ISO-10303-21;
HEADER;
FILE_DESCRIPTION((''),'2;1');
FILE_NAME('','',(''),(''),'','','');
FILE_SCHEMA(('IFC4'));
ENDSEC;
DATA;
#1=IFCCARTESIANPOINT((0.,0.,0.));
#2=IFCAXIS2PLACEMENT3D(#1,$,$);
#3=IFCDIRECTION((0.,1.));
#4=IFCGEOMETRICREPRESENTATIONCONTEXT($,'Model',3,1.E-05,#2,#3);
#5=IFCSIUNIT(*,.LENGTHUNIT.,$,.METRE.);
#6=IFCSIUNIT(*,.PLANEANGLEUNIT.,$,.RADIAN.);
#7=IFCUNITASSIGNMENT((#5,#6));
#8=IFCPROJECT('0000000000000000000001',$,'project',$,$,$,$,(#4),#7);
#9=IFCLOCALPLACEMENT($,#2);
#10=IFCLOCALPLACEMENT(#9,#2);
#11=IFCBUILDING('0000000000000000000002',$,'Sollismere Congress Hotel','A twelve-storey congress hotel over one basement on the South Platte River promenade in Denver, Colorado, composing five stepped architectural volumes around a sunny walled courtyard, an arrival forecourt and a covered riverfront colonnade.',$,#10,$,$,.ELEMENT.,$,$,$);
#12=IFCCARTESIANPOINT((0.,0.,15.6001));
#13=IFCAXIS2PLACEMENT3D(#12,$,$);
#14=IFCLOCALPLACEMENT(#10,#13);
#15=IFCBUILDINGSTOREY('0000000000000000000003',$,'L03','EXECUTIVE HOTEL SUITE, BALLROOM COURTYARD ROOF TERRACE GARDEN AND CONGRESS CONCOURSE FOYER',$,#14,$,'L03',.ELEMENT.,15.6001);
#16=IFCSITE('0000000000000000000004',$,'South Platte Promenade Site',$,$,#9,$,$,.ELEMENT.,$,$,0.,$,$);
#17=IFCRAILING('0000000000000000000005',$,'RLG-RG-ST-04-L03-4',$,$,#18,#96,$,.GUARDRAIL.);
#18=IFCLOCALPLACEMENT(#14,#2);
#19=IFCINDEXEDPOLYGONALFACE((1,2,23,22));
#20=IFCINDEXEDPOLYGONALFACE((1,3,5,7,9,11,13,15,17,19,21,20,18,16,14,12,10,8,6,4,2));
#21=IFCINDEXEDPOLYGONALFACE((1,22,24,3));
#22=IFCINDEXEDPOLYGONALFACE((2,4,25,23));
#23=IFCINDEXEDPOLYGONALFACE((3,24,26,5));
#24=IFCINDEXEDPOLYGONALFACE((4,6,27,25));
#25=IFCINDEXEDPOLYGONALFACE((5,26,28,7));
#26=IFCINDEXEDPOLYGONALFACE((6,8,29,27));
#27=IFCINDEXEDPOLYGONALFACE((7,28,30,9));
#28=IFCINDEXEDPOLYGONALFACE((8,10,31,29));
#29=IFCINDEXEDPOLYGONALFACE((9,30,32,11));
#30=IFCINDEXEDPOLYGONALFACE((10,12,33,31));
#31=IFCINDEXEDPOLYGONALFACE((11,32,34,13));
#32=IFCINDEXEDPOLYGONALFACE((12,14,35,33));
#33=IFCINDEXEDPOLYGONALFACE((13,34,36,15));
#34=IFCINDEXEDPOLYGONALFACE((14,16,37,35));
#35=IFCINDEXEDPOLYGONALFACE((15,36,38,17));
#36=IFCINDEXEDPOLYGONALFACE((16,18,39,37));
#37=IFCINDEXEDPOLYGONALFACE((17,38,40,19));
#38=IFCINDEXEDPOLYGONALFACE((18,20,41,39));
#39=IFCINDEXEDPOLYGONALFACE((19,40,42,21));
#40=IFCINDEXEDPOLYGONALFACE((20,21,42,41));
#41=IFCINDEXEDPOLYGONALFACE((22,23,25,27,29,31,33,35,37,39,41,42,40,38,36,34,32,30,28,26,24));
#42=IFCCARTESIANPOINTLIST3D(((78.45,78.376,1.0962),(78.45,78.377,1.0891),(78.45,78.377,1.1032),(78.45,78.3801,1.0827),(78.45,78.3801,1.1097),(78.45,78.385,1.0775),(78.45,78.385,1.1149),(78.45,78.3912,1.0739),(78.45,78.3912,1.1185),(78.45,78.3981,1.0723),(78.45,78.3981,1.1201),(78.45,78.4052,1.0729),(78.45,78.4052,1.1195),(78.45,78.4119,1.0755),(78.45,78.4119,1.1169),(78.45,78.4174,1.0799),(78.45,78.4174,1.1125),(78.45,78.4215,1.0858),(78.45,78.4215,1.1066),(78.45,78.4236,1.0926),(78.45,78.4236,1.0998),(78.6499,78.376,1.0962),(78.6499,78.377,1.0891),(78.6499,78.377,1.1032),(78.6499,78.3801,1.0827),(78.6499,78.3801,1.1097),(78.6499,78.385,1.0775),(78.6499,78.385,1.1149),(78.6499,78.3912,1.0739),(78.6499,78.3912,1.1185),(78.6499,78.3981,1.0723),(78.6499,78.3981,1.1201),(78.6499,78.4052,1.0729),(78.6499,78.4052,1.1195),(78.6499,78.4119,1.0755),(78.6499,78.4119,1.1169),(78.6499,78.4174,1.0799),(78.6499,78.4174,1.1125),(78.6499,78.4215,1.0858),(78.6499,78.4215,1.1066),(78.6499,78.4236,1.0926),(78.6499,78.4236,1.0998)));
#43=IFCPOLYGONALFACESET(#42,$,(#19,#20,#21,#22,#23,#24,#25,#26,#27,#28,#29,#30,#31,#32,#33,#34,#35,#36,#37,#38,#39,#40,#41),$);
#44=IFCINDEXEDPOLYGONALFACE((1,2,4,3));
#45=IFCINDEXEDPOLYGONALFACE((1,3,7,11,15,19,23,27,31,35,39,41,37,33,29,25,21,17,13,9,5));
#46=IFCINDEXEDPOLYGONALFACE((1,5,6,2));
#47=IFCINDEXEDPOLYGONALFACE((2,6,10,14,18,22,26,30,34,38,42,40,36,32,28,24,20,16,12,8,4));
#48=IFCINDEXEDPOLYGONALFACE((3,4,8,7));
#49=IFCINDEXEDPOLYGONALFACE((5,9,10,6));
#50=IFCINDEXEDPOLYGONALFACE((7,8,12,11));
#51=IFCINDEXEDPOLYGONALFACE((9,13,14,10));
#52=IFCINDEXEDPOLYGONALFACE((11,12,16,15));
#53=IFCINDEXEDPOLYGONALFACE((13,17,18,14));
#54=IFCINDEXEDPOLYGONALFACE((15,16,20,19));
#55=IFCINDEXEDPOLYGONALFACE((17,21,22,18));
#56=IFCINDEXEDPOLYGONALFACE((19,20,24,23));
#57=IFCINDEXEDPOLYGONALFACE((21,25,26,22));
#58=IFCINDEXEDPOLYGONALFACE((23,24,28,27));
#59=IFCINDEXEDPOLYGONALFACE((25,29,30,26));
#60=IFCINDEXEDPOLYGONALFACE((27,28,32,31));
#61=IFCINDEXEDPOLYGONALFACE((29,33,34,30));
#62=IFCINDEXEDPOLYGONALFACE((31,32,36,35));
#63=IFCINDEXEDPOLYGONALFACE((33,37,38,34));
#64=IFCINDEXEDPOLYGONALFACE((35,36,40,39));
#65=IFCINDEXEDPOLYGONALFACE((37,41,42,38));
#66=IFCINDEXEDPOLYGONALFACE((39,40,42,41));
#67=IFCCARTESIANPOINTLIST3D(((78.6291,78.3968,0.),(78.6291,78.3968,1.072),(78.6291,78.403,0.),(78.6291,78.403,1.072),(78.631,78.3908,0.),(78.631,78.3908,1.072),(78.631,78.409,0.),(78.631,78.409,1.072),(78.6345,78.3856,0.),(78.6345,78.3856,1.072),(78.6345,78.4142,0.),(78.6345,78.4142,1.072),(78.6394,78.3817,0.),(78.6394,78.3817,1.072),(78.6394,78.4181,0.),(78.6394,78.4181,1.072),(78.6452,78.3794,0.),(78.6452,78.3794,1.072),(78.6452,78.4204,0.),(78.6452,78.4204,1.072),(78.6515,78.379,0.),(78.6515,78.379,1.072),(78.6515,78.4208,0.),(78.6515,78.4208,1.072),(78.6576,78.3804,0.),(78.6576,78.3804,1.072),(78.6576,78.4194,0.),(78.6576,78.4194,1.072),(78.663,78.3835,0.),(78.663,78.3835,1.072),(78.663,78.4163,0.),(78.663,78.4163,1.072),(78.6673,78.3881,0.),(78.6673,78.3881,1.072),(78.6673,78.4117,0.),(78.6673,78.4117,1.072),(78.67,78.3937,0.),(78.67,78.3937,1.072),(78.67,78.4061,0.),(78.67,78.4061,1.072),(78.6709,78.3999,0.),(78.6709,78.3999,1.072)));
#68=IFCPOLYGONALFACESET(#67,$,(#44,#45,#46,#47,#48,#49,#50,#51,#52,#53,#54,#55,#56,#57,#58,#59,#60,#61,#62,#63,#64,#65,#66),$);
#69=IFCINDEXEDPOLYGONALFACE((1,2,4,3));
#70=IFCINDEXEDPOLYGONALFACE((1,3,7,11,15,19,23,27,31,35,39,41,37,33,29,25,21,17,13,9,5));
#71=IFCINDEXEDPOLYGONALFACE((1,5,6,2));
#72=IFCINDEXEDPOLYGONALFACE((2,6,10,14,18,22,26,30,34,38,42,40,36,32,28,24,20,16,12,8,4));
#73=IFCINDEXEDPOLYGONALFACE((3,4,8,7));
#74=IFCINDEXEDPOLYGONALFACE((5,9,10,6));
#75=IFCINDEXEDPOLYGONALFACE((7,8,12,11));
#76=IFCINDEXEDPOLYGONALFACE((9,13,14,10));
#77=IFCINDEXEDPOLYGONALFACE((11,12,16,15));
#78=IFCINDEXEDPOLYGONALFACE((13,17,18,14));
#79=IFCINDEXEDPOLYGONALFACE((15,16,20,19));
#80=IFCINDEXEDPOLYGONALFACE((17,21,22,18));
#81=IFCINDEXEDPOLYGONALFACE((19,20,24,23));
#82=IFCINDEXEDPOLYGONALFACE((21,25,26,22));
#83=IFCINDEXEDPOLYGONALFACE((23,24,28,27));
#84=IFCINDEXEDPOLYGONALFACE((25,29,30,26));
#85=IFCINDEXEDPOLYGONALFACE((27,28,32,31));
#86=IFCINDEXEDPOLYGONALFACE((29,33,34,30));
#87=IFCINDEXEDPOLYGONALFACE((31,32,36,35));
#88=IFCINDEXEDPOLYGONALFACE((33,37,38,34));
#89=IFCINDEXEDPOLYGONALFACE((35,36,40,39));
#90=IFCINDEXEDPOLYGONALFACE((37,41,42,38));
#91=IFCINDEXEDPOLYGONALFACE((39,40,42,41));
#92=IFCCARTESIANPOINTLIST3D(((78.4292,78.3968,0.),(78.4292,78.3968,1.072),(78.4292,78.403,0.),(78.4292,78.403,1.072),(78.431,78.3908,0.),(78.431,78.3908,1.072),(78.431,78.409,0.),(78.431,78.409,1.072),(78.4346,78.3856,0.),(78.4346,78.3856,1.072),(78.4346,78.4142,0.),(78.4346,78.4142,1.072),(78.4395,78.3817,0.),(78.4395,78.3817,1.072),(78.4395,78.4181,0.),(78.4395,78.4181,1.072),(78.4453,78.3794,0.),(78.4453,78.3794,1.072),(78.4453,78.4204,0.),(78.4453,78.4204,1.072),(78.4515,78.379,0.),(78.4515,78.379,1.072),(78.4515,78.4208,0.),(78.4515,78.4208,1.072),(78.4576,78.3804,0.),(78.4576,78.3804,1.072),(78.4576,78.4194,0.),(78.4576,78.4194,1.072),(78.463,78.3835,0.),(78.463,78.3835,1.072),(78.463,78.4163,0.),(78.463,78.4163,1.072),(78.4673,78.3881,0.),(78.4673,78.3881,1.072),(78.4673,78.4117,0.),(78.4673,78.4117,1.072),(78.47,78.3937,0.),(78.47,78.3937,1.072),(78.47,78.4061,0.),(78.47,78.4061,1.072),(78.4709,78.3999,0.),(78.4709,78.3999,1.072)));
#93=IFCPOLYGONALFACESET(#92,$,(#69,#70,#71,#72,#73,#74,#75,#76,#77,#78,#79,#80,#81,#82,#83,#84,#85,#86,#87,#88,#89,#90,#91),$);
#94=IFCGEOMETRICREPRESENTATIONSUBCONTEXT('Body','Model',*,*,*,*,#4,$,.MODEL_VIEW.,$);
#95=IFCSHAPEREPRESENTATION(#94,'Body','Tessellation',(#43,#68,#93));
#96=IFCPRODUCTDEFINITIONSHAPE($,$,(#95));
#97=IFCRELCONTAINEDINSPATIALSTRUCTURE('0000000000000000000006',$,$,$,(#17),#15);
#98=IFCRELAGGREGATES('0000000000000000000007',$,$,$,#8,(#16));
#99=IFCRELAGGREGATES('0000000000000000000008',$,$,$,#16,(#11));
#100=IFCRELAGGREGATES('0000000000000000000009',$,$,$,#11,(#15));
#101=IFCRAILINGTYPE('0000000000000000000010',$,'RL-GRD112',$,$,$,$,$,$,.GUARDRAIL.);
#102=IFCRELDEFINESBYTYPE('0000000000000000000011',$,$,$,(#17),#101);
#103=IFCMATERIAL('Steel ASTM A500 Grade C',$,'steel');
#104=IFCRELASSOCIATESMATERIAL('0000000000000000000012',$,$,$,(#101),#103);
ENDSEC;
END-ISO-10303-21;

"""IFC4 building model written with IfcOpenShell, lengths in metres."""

from ifc_helpers import new_model, si_unit, direction, frame, origin, origin_2d, place, context, subcontext, project, spatial, circle, extrude, material, type_object, element, save


model = new_model("IFC4")

# Units and contexts
model_context = context("Model", 3, precision=1e-05, world=origin(), true_north=direction((0.0, 1.0)))
body_context = subcontext(model_context, "Body", "Model", "MODEL_VIEW")
ifc_project = project(units=[si_unit("LENGTHUNIT", "METRE"), si_unit("PLANEANGLEUNIT", "RADIAN")], contexts=[model_context])

# Site, building, storey
site_placement = place(None, origin())
site = spatial("IfcSite", under=ifc_project, at=site_placement, Name="South Platte Promenade Site", CompositionType="ELEMENT", RefElevation=0.0)
building_placement = place(site_placement, origin())
building = spatial("IfcBuilding", under=site, at=building_placement, Name="Sollismere Congress Hotel", Description="A twelve-storey congress hotel over one basement on the South Platte River promenade in Denver, Colorado, composing five stepped architectural volumes around a sunny walled courtyard, an arrival forecourt and a covered riverfront colonnade.", CompositionType="ELEMENT")
storey_placement = place(building_placement, frame((0.0, 0.0, 15.6001)))
storey = spatial("IfcBuildingStorey", under=building, at=storey_placement, Name="L03", Description="EXECUTIVE HOTEL SUITE, BALLROOM COURTYARD ROOF TERRACE GARDEN AND CONGRESS CONCOURSE FOYER", LongName="L03", CompositionType="ELEMENT", Elevation=15.6001)

# Railing
ifc_material_1 = material(Name="Steel ASTM A500 Grade C", Category="steel")
railing_type = type_object("IfcRailingType", Name="RL-GRD112", PredefinedType="GUARDRAIL", material=ifc_material_1)
railing_1_placement = place(storey_placement, frame((78.6499, 78.3999, 0.0)))
element("IfcRailing", 1, at=railing_1_placement, inside=storey, type_object=railing_type, Name="RLG-RG-ST-04-L03-4", PredefinedType="GUARDRAIL", context=body_context, shape_type="SweptSolid", body=[
    extrude(circle(Radius=0.0239, at=origin_2d()), frame((0.0, 0.0, 1.0962), z_axis=(-1.0, 0.0, 0.0), x_axis=(0.0, -1.0, 0.0)), (0.0, 0.0, 1.0), 0.2),
    extrude(circle(Radius=0.021, at=origin_2d()), origin(), (0.0, 0.0, 1.0), 1.072),
    extrude(circle(Radius=0.021, at=origin_2d()), frame((-0.2, 0.0, 0.0)), (0.0, 0.0, 1.0), 1.072),
])

save(model, "model.ifc")
